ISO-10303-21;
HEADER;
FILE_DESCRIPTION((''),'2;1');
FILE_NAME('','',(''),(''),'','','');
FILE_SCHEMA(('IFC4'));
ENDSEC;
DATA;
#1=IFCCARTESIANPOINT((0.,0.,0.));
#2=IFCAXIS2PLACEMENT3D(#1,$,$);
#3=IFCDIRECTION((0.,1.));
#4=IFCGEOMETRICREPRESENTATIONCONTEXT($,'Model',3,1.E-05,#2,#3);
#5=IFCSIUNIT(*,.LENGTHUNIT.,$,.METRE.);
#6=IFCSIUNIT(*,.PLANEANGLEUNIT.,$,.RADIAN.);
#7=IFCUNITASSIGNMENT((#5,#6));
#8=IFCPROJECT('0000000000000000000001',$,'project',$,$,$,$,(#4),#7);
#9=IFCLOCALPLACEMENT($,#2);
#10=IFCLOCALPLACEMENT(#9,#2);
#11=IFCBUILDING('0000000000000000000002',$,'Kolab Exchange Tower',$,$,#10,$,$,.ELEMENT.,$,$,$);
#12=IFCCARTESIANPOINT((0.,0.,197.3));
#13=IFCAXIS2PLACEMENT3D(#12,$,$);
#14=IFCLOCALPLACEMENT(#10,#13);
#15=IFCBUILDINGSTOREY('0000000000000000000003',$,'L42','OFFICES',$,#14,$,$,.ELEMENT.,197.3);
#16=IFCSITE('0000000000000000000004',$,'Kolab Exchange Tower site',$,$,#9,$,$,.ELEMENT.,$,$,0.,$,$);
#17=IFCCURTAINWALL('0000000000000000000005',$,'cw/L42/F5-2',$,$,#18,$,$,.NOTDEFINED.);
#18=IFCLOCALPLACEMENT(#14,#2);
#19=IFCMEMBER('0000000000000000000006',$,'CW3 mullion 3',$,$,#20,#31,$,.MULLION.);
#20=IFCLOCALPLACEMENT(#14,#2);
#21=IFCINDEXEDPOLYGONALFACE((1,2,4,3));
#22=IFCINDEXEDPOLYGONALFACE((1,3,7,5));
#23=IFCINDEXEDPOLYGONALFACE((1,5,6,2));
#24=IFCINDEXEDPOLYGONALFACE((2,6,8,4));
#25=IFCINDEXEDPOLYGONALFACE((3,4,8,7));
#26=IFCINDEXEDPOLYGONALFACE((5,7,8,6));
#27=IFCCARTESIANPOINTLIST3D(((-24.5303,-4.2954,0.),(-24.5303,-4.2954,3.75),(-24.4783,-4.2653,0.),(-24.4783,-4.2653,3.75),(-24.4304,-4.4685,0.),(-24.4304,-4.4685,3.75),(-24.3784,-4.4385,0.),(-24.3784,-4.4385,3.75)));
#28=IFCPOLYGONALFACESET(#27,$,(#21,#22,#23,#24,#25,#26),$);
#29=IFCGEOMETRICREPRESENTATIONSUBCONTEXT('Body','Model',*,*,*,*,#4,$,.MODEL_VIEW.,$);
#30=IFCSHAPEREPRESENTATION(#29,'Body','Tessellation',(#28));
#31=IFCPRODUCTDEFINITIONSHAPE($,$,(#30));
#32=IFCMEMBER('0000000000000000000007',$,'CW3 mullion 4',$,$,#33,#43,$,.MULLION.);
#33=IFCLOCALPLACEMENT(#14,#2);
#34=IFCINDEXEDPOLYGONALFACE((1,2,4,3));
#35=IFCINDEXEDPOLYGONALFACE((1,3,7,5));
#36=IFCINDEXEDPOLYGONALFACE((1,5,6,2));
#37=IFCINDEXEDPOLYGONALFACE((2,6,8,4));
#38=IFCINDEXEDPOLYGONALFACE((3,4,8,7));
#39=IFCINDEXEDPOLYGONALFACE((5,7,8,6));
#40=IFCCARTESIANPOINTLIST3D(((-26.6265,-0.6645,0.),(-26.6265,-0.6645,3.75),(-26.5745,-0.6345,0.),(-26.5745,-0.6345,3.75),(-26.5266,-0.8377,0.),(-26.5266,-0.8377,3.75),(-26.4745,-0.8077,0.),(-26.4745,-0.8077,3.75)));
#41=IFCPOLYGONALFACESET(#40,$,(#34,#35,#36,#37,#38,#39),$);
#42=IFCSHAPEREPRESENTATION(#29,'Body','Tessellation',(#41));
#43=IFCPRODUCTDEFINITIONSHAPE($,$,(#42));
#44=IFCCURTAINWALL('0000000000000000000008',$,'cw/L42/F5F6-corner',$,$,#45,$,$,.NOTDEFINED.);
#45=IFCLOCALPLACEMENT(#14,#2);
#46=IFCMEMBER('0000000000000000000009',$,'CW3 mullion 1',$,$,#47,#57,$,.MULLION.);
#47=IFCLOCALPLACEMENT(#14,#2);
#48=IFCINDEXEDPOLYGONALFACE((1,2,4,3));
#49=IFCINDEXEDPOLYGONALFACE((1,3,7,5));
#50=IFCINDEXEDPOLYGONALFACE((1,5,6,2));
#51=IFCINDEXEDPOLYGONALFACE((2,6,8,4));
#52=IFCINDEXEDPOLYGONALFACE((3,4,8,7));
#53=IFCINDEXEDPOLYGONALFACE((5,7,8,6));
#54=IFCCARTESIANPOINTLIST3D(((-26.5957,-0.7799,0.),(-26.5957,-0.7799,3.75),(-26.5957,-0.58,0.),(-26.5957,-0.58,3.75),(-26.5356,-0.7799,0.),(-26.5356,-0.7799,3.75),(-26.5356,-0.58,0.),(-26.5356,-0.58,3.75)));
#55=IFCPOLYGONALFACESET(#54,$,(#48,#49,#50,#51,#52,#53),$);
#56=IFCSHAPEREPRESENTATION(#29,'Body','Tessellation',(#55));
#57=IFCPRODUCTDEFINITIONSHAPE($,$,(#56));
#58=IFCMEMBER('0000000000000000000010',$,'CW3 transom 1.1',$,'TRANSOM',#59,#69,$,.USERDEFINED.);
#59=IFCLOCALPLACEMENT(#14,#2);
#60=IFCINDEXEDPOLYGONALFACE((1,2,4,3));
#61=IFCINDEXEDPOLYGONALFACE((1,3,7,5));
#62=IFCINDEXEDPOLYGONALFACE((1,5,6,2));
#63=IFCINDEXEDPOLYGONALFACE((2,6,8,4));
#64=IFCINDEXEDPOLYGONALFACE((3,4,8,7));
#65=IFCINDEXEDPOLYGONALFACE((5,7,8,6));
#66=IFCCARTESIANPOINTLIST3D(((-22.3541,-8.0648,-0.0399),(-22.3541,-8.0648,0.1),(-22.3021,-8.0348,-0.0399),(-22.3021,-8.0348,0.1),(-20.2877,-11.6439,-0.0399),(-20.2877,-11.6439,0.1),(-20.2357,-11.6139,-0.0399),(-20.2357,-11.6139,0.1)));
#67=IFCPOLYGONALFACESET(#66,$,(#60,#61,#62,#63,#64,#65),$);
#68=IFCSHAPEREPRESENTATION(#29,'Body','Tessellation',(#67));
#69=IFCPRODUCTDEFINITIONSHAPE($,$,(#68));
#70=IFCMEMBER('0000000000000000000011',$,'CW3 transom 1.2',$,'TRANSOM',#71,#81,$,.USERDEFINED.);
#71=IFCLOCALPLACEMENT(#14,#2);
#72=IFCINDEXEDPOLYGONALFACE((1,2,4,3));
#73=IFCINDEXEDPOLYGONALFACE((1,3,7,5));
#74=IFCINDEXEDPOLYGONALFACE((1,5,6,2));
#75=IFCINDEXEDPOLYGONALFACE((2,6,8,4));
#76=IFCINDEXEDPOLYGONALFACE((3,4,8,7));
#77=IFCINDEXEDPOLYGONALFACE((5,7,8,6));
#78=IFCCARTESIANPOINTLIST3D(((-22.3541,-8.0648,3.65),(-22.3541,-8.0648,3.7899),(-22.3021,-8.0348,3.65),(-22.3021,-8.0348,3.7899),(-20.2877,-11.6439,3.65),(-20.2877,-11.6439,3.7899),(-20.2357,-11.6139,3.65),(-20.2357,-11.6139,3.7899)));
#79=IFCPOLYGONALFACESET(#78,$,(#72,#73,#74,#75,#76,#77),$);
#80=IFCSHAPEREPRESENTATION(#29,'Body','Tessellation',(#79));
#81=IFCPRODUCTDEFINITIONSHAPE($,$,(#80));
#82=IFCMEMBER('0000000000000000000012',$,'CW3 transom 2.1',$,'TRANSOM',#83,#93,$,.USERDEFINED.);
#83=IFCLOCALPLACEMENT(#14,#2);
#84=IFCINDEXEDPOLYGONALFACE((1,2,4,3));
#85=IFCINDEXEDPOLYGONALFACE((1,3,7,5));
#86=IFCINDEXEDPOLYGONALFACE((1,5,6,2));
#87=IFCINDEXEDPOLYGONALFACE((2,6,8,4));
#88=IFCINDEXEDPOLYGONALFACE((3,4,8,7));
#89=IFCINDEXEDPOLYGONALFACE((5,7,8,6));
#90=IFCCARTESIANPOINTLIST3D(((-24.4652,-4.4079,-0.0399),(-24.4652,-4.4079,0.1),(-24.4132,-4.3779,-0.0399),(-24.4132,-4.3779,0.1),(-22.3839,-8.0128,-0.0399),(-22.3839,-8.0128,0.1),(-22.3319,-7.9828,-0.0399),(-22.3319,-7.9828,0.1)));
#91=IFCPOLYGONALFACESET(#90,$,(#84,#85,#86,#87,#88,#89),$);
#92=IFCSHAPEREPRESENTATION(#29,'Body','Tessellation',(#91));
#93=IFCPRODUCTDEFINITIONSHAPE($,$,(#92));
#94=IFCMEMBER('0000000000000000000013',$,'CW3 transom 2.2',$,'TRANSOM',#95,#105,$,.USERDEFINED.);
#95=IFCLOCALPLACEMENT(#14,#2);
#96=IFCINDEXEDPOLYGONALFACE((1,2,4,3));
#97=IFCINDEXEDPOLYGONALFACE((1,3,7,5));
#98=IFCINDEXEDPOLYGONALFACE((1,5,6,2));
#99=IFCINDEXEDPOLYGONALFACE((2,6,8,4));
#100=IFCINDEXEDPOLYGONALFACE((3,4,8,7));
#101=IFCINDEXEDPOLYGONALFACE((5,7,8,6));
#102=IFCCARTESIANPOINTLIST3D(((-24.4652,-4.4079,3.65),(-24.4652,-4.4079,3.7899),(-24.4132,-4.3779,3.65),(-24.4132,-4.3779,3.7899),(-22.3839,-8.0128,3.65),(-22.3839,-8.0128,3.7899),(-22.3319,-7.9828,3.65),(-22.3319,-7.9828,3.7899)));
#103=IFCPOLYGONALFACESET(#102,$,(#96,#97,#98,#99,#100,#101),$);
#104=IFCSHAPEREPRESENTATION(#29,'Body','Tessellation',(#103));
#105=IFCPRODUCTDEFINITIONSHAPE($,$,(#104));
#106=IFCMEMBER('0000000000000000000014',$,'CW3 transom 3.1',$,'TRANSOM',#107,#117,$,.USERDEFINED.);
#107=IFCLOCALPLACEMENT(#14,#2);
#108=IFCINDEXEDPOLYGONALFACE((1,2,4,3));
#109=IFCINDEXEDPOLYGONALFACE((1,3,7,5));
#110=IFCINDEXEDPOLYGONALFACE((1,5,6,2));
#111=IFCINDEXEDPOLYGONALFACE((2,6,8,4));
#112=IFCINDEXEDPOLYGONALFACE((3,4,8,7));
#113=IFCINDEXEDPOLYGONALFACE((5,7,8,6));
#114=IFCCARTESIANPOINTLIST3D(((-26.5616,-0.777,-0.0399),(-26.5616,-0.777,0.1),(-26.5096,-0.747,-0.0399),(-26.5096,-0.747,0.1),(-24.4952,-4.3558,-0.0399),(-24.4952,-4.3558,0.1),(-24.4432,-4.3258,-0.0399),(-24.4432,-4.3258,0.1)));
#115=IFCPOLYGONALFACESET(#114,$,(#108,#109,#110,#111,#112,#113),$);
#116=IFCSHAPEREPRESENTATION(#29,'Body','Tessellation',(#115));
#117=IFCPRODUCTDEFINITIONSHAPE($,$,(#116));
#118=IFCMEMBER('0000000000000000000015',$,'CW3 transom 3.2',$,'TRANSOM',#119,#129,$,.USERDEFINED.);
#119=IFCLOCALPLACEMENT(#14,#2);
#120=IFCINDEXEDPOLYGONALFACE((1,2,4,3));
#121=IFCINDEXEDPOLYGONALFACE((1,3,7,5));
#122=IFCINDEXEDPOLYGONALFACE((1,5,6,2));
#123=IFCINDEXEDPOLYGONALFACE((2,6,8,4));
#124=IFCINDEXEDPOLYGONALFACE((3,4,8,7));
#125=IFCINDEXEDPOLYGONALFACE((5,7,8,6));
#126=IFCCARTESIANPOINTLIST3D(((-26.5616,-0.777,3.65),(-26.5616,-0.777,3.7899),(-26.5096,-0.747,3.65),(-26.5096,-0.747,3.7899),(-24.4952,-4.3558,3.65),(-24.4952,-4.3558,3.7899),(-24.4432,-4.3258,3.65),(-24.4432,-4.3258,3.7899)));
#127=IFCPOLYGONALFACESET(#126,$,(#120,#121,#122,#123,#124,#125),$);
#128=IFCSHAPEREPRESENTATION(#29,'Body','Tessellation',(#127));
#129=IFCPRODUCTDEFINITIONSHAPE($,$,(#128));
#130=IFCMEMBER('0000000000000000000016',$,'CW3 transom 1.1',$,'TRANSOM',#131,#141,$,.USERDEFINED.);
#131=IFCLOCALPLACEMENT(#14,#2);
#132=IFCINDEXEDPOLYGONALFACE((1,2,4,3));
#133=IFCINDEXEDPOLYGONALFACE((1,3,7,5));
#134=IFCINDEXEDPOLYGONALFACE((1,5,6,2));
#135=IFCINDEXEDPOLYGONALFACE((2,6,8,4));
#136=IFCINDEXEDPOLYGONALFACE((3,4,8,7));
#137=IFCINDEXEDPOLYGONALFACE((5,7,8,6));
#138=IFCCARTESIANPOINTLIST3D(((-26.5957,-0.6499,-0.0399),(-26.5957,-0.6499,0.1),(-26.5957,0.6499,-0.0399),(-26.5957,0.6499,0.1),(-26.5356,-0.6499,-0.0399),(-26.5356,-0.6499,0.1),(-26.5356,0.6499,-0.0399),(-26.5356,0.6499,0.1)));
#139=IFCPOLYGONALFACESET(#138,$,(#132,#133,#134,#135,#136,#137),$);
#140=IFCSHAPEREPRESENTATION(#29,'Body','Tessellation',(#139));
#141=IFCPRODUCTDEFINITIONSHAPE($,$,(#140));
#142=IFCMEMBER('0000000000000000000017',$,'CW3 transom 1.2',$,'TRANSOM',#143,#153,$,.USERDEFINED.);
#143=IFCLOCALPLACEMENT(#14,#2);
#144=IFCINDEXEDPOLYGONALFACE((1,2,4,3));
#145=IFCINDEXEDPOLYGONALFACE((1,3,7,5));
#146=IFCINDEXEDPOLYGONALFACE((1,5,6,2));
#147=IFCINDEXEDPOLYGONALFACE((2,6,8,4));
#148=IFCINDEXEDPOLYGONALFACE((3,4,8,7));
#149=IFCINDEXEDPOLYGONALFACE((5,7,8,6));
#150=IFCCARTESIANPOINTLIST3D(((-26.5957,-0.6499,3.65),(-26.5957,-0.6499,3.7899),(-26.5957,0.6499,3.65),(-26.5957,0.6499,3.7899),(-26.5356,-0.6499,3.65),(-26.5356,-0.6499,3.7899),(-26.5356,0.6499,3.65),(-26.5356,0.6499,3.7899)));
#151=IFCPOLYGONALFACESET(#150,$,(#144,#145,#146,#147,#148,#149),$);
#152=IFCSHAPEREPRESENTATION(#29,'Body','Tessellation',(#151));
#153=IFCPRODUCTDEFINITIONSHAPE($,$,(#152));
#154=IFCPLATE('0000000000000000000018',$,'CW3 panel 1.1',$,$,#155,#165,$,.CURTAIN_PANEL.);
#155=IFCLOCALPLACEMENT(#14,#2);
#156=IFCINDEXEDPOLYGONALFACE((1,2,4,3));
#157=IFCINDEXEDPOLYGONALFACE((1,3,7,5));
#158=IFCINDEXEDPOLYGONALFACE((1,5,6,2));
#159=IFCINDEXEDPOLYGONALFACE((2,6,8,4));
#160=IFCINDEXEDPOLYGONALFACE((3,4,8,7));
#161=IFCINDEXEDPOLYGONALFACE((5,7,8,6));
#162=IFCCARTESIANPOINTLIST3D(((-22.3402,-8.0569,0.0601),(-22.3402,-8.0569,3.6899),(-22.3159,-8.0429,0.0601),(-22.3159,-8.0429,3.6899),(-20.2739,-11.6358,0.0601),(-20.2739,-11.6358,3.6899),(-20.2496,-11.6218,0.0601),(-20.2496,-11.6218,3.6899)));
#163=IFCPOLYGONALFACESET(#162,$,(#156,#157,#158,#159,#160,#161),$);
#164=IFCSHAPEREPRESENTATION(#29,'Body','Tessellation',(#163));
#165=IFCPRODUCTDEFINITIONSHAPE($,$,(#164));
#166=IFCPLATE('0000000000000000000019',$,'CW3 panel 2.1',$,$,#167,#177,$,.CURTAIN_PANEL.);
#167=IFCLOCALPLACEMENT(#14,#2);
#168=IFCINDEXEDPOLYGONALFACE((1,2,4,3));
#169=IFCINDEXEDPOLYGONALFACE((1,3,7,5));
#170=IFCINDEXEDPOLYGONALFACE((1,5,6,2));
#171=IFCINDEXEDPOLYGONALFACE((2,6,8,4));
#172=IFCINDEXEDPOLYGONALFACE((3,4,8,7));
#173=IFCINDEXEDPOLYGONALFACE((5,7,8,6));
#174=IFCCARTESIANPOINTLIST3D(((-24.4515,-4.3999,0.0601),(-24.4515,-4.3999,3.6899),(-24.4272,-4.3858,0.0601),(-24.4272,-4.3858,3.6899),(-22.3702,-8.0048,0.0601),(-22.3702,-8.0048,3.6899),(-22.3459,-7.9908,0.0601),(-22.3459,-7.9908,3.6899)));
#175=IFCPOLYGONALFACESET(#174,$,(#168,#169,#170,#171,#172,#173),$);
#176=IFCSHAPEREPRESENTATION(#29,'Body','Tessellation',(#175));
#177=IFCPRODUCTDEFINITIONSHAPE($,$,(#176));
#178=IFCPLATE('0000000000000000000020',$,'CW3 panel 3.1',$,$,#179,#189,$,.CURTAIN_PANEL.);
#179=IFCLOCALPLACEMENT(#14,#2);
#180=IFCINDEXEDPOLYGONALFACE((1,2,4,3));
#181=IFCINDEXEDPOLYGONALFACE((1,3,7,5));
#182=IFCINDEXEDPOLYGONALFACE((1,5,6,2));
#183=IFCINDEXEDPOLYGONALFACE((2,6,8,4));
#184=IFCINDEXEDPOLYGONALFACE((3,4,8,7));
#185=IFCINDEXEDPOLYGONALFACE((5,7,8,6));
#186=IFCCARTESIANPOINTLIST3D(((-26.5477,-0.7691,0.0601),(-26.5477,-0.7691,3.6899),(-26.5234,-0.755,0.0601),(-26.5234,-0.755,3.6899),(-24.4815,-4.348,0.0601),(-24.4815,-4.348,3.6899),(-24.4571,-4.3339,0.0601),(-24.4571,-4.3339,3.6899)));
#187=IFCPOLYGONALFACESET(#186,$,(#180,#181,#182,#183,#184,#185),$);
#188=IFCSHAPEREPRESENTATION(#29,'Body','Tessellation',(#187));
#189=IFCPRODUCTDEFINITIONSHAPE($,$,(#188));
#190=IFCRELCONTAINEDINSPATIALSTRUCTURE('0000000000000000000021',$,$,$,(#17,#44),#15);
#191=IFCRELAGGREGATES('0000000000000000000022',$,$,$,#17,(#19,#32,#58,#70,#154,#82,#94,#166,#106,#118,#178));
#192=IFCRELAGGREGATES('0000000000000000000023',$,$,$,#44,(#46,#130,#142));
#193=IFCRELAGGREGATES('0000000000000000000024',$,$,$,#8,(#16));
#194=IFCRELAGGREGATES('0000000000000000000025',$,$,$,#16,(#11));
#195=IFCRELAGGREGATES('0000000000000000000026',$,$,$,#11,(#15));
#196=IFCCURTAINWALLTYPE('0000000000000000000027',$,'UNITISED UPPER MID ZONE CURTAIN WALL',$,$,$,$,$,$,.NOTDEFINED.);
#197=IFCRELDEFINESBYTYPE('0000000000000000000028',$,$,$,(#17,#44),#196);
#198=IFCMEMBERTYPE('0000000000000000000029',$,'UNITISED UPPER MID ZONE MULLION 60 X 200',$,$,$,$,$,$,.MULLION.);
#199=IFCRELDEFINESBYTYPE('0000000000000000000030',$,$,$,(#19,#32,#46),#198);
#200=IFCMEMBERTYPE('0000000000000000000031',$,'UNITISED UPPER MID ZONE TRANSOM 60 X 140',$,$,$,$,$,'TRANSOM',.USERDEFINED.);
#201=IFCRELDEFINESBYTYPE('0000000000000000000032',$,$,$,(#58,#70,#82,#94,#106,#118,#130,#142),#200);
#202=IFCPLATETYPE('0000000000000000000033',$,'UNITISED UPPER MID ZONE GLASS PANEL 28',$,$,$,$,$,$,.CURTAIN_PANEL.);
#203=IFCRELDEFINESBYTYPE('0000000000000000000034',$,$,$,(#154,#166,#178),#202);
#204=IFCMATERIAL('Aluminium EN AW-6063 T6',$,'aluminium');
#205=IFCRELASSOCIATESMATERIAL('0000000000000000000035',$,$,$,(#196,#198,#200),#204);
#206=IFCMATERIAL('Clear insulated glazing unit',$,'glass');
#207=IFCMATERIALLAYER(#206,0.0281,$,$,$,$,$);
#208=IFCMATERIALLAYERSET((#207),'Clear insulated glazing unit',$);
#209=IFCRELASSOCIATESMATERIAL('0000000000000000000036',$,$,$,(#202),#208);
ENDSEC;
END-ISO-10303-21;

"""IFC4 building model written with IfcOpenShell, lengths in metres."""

from ifc_helpers import new_model, si_unit, direction, frame, origin, origin_2d, place, context, subcontext, project, spatial, rectangle, extrude, material, layer, layer_set, material_profile, profile_set, type_object, element, aggregate, save


model = new_model("IFC4")

# Units and contexts
model_context = context("Model", 3, precision=1e-05, world=origin(), true_north=direction((0.0, 1.0)))
body_context = subcontext(model_context, "Body", "Model", "MODEL_VIEW")
ifc_project = project(units=[si_unit("LENGTHUNIT", "METRE"), si_unit("PLANEANGLEUNIT", "RADIAN")], contexts=[model_context])

# Site, building, storey
site_placement = place(None, origin())
site = spatial("IfcSite", under=ifc_project, at=site_placement, Name="Kolab Exchange Tower site", CompositionType="ELEMENT", RefElevation=0.0)
building_placement = place(site_placement, origin())
building = spatial("IfcBuilding", under=site, at=building_placement, Name="Kolab Exchange Tower", CompositionType="ELEMENT")
storey_placement = place(building_placement, frame((0.0, 0.0, 197.3)))
storey = spatial("IfcBuildingStorey", under=building, at=storey_placement, Name="L42", Description="OFFICES", CompositionType="ELEMENT", Elevation=197.3)

# Curtain wall, members
ifc_material_1 = material(Name="Aluminium EN AW-6063 T6", Category="aluminium")
curtain_wall_type = type_object("IfcCurtainWallType", Name="UNITISED UPPER MID ZONE CURTAIN WALL", PredefinedType="NOTDEFINED", material=ifc_material_1)
curtain_wall_1_placement = place(storey_placement, origin())
curtain_wall_1 = element("IfcCurtainWall", 1, at=curtain_wall_1_placement, inside=storey, type_object=curtain_wall_type, Name="cw/L42/F5-2", PredefinedType="NOTDEFINED")
ifc_material_profile_1 = material_profile(ifc_material_1, rectangle(XDim=0.0601, YDim=0.2, at=origin_2d()), Name="RECT 60X200")
ifc_profile_set_1 = profile_set([ifc_material_profile_1], Name="Aluminium EN AW-6063 T6")
member_type_1 = type_object("IfcMemberType", Name="UNITISED UPPER MID ZONE MULLION 60 X 200", PredefinedType="MULLION", material=ifc_profile_set_1)
member_1_placement = place(storey_placement, frame((-24.4543, -4.3669, 0.0), z_axis=(0.0, 0.0, 1.0), x_axis=(-0.866025, -0.5, 0.0)))
member_1 = element("IfcMember", 2, at=member_1_placement, type_object=member_type_1, Name="CW3 mullion 3", PredefinedType="MULLION", context=body_context, shape_type="SweptSolid", body=[
    extrude(rectangle(XDim=0.0601, YDim=0.2, at=origin_2d()), origin(), (0.0, 0.0, 1.0), 3.75),
])
member_2_placement = place(storey_placement, frame((-26.5505, -0.7361, 0.0), z_axis=(0.0, 0.0, 1.0), x_axis=(-0.866025, -0.5, 0.0)))
member_2 = element("IfcMember", 3, at=member_2_placement, type_object=member_type_1, Name="CW3 mullion 4", PredefinedType="MULLION", context=body_context, shape_type="SweptSolid", body=[
    extrude(rectangle(XDim=0.0601, YDim=0.2, at=origin_2d()), origin(), (0.0, 0.0, 1.0), 3.75),
])

# Curtain wall, member
curtain_wall_2_placement = place(storey_placement, origin())
curtain_wall_2 = element("IfcCurtainWall", 4, at=curtain_wall_2_placement, inside=storey, type_object=curtain_wall_type, Name="cw/L42/F5F6-corner", PredefinedType="NOTDEFINED")
member_3_placement = place(storey_placement, frame((-26.5657, -0.6799, 0.0), z_axis=(0.0, 0.0, 1.0), x_axis=(-1.0, 0.0, 0.0)))
member_3 = element("IfcMember", 5, at=member_3_placement, type_object=member_type_1, Name="CW3 mullion 1", PredefinedType="MULLION", context=body_context, shape_type="SweptSolid", body=[
    extrude(rectangle(XDim=0.0601, YDim=0.2, at=origin_2d()), origin(), (0.0, 0.0, 1.0), 3.75),
])

# Members
ifc_material_profile_2 = material_profile(ifc_material_1, rectangle(XDim=0.0601, YDim=0.1399, at=origin_2d()), Name="RECT 60X140")
ifc_profile_set_2 = profile_set([ifc_material_profile_2], Name="Aluminium EN AW-6063 T6")
member_type_2 = type_object("IfcMemberType", Name="UNITISED UPPER MID ZONE TRANSOM 60 X 140", ElementType="TRANSOM", PredefinedType="USERDEFINED", material=ifc_profile_set_2)
member_4_placement = place(storey_placement, frame((-20.2617, -11.6289, 0.03), z_axis=(-0.500002, 0.866024, 0.0), x_axis=(-0.866024, -0.500002, 0.0)))
member_4 = element("IfcMember", 6, at=member_4_placement, type_object=member_type_2, Name="CW3 transom 1.1", ObjectType="TRANSOM", PredefinedType="USERDEFINED", context=body_context, shape_type="SweptSolid", body=[
    extrude(rectangle(XDim=0.0601, YDim=0.1399, at=origin_2d()), origin(), (0.0, 0.0, 1.0), 4.1328),
])
member_5_placement = place(storey_placement, frame((-20.2617, -11.6289, 3.72), z_axis=(-0.500002, 0.866024, 0.0), x_axis=(-0.866024, -0.500002, 0.0)))
member_5 = element("IfcMember", 7, at=member_5_placement, type_object=member_type_2, Name="CW3 transom 1.2", ObjectType="TRANSOM", PredefinedType="USERDEFINED", context=body_context, shape_type="SweptSolid", body=[
    extrude(rectangle(XDim=0.0601, YDim=0.1399, at=origin_2d()), origin(), (0.0, 0.0, 1.0), 4.1328),
])
member_6_placement = place(storey_placement, frame((-22.3579, -7.9978, 0.03), z_axis=(-0.499993, 0.866029, 0.0), x_axis=(-0.866029, -0.499993, 0.0)))
member_6 = element("IfcMember", 8, at=member_6_placement, type_object=member_type_2, Name="CW3 transom 2.1", ObjectType="TRANSOM", PredefinedType="USERDEFINED", context=body_context, shape_type="SweptSolid", body=[
    extrude(rectangle(XDim=0.0601, YDim=0.1399, at=origin_2d()), origin(), (0.0, 0.0, 1.0), 4.1626),
])
member_7_placement = place(storey_placement, frame((-22.3579, -7.9978, 3.72), z_axis=(-0.499993, 0.866029, 0.0), x_axis=(-0.866029, -0.499993, 0.0)))
member_7 = element("IfcMember", 9, at=member_7_placement, type_object=member_type_2, Name="CW3 transom 2.2", ObjectType="TRANSOM", PredefinedType="USERDEFINED", context=body_context, shape_type="SweptSolid", body=[
    extrude(rectangle(XDim=0.0601, YDim=0.1399, at=origin_2d()), origin(), (0.0, 0.0, 1.0), 4.1626),
])
member_8_placement = place(storey_placement, frame((-24.4692, -4.3408, 0.03), z_axis=(-0.500028, 0.866009, 0.0), x_axis=(-0.866009, -0.500028, 0.0)))
member_8 = element("IfcMember", 10, at=member_8_placement, type_object=member_type_2, Name="CW3 transom 3.1", ObjectType="TRANSOM", PredefinedType="USERDEFINED", context=body_context, shape_type="SweptSolid", body=[
    extrude(rectangle(XDim=0.0601, YDim=0.1399, at=origin_2d()), origin(), (0.0, 0.0, 1.0), 4.1326),
])
member_9_placement = place(storey_placement, frame((-24.4692, -4.3408, 3.72), z_axis=(-0.500028, 0.866009, 0.0), x_axis=(-0.866009, -0.500028, 0.0)))
member_9 = element("IfcMember", 11, at=member_9_placement, type_object=member_type_2, Name="CW3 transom 3.2", ObjectType="TRANSOM", PredefinedType="USERDEFINED", context=body_context, shape_type="SweptSolid", body=[
    extrude(rectangle(XDim=0.0601, YDim=0.1399, at=origin_2d()), origin(), (0.0, 0.0, 1.0), 4.1326),
])
member_10_placement = place(storey_placement, frame((-26.5657, -0.6499, 0.03), z_axis=(0.0, 1.0, 0.0), x_axis=(-1.0, 0.0, 0.0)))
member_10 = element("IfcMember", 12, at=member_10_placement, type_object=member_type_2, Name="CW3 transom 1.1", ObjectType="TRANSOM", PredefinedType="USERDEFINED", context=body_context, shape_type="SweptSolid", body=[
    extrude(rectangle(XDim=0.0601, YDim=0.1399, at=origin_2d()), origin(), (0.0, 0.0, 1.0), 1.2998),
])
member_11_placement = place(storey_placement, frame((-26.5657, -0.6499, 3.72), z_axis=(0.0, 1.0, 0.0), x_axis=(-1.0, 0.0, 0.0)))
member_11 = element("IfcMember", 13, at=member_11_placement, type_object=member_type_2, Name="CW3 transom 1.2", ObjectType="TRANSOM", PredefinedType="USERDEFINED", context=body_context, shape_type="SweptSolid", body=[
    extrude(rectangle(XDim=0.0601, YDim=0.1399, at=origin_2d()), origin(), (0.0, 0.0, 1.0), 1.2998),
])

# Plates
ifc_material_2 = material(Name="Clear insulated glazing unit", Category="glass")
ifc_layer_1 = layer(ifc_material_2, 0.0281)
ifc_layer_set_1 = layer_set([ifc_layer_1], Name="Clear insulated glazing unit")
plate_type = type_object("IfcPlateType", Name="UNITISED UPPER MID ZONE GLASS PANEL 28", PredefinedType="CURTAIN_PANEL", material=ifc_layer_set_1)
plate_1_placement = place(storey_placement, frame((-21.2949, -9.8394, 0.0601), z_axis=(0.0, 0.0, 1.0), x_axis=(-0.5, 0.866025, 0.0)))
plate_1 = element("IfcPlate", 14, at=plate_1_placement, type_object=plate_type, Name="CW3 panel 1.1", PredefinedType="CURTAIN_PANEL", context=body_context, shape_type="SweptSolid", body=[
    extrude(rectangle(XDim=4.1326, YDim=0.0281, at=origin_2d()), origin(), (0.0, 0.0, 1.0), 3.6299),
])
plate_2_placement = place(storey_placement, frame((-23.3987, -6.1953, 0.0601), z_axis=(0.0, 0.0, 1.0), x_axis=(-0.5, 0.866025, 0.0)))
plate_2 = element("IfcPlate", 15, at=plate_2_placement, type_object=plate_type, Name="CW3 panel 2.1", PredefinedType="CURTAIN_PANEL", context=body_context, shape_type="SweptSolid", body=[
    extrude(rectangle(XDim=4.1626, YDim=0.0281, at=origin_2d()), origin(), (0.0, 0.0, 1.0), 3.6299),
])
plate_3_placement = place(storey_placement, frame((-25.5024, -2.5515, 0.0601), z_axis=(0.0, 0.0, 1.0), x_axis=(-0.5, 0.866025, 0.0)))
plate_3 = element("IfcPlate", 16, at=plate_3_placement, type_object=plate_type, Name="CW3 panel 3.1", PredefinedType="CURTAIN_PANEL", context=body_context, shape_type="SweptSolid", body=[
    extrude(rectangle(XDim=4.1326, YDim=0.0281, at=origin_2d()), origin(), (0.0, 0.0, 1.0), 3.6299),
])
aggregate(curtain_wall_1, [member_1, member_2, member_4, member_5, plate_1, member_6, member_7, plate_2, member_8, member_9, plate_3])
aggregate(curtain_wall_2, [member_3, member_10, member_11])

save(model, "model.ifc")
